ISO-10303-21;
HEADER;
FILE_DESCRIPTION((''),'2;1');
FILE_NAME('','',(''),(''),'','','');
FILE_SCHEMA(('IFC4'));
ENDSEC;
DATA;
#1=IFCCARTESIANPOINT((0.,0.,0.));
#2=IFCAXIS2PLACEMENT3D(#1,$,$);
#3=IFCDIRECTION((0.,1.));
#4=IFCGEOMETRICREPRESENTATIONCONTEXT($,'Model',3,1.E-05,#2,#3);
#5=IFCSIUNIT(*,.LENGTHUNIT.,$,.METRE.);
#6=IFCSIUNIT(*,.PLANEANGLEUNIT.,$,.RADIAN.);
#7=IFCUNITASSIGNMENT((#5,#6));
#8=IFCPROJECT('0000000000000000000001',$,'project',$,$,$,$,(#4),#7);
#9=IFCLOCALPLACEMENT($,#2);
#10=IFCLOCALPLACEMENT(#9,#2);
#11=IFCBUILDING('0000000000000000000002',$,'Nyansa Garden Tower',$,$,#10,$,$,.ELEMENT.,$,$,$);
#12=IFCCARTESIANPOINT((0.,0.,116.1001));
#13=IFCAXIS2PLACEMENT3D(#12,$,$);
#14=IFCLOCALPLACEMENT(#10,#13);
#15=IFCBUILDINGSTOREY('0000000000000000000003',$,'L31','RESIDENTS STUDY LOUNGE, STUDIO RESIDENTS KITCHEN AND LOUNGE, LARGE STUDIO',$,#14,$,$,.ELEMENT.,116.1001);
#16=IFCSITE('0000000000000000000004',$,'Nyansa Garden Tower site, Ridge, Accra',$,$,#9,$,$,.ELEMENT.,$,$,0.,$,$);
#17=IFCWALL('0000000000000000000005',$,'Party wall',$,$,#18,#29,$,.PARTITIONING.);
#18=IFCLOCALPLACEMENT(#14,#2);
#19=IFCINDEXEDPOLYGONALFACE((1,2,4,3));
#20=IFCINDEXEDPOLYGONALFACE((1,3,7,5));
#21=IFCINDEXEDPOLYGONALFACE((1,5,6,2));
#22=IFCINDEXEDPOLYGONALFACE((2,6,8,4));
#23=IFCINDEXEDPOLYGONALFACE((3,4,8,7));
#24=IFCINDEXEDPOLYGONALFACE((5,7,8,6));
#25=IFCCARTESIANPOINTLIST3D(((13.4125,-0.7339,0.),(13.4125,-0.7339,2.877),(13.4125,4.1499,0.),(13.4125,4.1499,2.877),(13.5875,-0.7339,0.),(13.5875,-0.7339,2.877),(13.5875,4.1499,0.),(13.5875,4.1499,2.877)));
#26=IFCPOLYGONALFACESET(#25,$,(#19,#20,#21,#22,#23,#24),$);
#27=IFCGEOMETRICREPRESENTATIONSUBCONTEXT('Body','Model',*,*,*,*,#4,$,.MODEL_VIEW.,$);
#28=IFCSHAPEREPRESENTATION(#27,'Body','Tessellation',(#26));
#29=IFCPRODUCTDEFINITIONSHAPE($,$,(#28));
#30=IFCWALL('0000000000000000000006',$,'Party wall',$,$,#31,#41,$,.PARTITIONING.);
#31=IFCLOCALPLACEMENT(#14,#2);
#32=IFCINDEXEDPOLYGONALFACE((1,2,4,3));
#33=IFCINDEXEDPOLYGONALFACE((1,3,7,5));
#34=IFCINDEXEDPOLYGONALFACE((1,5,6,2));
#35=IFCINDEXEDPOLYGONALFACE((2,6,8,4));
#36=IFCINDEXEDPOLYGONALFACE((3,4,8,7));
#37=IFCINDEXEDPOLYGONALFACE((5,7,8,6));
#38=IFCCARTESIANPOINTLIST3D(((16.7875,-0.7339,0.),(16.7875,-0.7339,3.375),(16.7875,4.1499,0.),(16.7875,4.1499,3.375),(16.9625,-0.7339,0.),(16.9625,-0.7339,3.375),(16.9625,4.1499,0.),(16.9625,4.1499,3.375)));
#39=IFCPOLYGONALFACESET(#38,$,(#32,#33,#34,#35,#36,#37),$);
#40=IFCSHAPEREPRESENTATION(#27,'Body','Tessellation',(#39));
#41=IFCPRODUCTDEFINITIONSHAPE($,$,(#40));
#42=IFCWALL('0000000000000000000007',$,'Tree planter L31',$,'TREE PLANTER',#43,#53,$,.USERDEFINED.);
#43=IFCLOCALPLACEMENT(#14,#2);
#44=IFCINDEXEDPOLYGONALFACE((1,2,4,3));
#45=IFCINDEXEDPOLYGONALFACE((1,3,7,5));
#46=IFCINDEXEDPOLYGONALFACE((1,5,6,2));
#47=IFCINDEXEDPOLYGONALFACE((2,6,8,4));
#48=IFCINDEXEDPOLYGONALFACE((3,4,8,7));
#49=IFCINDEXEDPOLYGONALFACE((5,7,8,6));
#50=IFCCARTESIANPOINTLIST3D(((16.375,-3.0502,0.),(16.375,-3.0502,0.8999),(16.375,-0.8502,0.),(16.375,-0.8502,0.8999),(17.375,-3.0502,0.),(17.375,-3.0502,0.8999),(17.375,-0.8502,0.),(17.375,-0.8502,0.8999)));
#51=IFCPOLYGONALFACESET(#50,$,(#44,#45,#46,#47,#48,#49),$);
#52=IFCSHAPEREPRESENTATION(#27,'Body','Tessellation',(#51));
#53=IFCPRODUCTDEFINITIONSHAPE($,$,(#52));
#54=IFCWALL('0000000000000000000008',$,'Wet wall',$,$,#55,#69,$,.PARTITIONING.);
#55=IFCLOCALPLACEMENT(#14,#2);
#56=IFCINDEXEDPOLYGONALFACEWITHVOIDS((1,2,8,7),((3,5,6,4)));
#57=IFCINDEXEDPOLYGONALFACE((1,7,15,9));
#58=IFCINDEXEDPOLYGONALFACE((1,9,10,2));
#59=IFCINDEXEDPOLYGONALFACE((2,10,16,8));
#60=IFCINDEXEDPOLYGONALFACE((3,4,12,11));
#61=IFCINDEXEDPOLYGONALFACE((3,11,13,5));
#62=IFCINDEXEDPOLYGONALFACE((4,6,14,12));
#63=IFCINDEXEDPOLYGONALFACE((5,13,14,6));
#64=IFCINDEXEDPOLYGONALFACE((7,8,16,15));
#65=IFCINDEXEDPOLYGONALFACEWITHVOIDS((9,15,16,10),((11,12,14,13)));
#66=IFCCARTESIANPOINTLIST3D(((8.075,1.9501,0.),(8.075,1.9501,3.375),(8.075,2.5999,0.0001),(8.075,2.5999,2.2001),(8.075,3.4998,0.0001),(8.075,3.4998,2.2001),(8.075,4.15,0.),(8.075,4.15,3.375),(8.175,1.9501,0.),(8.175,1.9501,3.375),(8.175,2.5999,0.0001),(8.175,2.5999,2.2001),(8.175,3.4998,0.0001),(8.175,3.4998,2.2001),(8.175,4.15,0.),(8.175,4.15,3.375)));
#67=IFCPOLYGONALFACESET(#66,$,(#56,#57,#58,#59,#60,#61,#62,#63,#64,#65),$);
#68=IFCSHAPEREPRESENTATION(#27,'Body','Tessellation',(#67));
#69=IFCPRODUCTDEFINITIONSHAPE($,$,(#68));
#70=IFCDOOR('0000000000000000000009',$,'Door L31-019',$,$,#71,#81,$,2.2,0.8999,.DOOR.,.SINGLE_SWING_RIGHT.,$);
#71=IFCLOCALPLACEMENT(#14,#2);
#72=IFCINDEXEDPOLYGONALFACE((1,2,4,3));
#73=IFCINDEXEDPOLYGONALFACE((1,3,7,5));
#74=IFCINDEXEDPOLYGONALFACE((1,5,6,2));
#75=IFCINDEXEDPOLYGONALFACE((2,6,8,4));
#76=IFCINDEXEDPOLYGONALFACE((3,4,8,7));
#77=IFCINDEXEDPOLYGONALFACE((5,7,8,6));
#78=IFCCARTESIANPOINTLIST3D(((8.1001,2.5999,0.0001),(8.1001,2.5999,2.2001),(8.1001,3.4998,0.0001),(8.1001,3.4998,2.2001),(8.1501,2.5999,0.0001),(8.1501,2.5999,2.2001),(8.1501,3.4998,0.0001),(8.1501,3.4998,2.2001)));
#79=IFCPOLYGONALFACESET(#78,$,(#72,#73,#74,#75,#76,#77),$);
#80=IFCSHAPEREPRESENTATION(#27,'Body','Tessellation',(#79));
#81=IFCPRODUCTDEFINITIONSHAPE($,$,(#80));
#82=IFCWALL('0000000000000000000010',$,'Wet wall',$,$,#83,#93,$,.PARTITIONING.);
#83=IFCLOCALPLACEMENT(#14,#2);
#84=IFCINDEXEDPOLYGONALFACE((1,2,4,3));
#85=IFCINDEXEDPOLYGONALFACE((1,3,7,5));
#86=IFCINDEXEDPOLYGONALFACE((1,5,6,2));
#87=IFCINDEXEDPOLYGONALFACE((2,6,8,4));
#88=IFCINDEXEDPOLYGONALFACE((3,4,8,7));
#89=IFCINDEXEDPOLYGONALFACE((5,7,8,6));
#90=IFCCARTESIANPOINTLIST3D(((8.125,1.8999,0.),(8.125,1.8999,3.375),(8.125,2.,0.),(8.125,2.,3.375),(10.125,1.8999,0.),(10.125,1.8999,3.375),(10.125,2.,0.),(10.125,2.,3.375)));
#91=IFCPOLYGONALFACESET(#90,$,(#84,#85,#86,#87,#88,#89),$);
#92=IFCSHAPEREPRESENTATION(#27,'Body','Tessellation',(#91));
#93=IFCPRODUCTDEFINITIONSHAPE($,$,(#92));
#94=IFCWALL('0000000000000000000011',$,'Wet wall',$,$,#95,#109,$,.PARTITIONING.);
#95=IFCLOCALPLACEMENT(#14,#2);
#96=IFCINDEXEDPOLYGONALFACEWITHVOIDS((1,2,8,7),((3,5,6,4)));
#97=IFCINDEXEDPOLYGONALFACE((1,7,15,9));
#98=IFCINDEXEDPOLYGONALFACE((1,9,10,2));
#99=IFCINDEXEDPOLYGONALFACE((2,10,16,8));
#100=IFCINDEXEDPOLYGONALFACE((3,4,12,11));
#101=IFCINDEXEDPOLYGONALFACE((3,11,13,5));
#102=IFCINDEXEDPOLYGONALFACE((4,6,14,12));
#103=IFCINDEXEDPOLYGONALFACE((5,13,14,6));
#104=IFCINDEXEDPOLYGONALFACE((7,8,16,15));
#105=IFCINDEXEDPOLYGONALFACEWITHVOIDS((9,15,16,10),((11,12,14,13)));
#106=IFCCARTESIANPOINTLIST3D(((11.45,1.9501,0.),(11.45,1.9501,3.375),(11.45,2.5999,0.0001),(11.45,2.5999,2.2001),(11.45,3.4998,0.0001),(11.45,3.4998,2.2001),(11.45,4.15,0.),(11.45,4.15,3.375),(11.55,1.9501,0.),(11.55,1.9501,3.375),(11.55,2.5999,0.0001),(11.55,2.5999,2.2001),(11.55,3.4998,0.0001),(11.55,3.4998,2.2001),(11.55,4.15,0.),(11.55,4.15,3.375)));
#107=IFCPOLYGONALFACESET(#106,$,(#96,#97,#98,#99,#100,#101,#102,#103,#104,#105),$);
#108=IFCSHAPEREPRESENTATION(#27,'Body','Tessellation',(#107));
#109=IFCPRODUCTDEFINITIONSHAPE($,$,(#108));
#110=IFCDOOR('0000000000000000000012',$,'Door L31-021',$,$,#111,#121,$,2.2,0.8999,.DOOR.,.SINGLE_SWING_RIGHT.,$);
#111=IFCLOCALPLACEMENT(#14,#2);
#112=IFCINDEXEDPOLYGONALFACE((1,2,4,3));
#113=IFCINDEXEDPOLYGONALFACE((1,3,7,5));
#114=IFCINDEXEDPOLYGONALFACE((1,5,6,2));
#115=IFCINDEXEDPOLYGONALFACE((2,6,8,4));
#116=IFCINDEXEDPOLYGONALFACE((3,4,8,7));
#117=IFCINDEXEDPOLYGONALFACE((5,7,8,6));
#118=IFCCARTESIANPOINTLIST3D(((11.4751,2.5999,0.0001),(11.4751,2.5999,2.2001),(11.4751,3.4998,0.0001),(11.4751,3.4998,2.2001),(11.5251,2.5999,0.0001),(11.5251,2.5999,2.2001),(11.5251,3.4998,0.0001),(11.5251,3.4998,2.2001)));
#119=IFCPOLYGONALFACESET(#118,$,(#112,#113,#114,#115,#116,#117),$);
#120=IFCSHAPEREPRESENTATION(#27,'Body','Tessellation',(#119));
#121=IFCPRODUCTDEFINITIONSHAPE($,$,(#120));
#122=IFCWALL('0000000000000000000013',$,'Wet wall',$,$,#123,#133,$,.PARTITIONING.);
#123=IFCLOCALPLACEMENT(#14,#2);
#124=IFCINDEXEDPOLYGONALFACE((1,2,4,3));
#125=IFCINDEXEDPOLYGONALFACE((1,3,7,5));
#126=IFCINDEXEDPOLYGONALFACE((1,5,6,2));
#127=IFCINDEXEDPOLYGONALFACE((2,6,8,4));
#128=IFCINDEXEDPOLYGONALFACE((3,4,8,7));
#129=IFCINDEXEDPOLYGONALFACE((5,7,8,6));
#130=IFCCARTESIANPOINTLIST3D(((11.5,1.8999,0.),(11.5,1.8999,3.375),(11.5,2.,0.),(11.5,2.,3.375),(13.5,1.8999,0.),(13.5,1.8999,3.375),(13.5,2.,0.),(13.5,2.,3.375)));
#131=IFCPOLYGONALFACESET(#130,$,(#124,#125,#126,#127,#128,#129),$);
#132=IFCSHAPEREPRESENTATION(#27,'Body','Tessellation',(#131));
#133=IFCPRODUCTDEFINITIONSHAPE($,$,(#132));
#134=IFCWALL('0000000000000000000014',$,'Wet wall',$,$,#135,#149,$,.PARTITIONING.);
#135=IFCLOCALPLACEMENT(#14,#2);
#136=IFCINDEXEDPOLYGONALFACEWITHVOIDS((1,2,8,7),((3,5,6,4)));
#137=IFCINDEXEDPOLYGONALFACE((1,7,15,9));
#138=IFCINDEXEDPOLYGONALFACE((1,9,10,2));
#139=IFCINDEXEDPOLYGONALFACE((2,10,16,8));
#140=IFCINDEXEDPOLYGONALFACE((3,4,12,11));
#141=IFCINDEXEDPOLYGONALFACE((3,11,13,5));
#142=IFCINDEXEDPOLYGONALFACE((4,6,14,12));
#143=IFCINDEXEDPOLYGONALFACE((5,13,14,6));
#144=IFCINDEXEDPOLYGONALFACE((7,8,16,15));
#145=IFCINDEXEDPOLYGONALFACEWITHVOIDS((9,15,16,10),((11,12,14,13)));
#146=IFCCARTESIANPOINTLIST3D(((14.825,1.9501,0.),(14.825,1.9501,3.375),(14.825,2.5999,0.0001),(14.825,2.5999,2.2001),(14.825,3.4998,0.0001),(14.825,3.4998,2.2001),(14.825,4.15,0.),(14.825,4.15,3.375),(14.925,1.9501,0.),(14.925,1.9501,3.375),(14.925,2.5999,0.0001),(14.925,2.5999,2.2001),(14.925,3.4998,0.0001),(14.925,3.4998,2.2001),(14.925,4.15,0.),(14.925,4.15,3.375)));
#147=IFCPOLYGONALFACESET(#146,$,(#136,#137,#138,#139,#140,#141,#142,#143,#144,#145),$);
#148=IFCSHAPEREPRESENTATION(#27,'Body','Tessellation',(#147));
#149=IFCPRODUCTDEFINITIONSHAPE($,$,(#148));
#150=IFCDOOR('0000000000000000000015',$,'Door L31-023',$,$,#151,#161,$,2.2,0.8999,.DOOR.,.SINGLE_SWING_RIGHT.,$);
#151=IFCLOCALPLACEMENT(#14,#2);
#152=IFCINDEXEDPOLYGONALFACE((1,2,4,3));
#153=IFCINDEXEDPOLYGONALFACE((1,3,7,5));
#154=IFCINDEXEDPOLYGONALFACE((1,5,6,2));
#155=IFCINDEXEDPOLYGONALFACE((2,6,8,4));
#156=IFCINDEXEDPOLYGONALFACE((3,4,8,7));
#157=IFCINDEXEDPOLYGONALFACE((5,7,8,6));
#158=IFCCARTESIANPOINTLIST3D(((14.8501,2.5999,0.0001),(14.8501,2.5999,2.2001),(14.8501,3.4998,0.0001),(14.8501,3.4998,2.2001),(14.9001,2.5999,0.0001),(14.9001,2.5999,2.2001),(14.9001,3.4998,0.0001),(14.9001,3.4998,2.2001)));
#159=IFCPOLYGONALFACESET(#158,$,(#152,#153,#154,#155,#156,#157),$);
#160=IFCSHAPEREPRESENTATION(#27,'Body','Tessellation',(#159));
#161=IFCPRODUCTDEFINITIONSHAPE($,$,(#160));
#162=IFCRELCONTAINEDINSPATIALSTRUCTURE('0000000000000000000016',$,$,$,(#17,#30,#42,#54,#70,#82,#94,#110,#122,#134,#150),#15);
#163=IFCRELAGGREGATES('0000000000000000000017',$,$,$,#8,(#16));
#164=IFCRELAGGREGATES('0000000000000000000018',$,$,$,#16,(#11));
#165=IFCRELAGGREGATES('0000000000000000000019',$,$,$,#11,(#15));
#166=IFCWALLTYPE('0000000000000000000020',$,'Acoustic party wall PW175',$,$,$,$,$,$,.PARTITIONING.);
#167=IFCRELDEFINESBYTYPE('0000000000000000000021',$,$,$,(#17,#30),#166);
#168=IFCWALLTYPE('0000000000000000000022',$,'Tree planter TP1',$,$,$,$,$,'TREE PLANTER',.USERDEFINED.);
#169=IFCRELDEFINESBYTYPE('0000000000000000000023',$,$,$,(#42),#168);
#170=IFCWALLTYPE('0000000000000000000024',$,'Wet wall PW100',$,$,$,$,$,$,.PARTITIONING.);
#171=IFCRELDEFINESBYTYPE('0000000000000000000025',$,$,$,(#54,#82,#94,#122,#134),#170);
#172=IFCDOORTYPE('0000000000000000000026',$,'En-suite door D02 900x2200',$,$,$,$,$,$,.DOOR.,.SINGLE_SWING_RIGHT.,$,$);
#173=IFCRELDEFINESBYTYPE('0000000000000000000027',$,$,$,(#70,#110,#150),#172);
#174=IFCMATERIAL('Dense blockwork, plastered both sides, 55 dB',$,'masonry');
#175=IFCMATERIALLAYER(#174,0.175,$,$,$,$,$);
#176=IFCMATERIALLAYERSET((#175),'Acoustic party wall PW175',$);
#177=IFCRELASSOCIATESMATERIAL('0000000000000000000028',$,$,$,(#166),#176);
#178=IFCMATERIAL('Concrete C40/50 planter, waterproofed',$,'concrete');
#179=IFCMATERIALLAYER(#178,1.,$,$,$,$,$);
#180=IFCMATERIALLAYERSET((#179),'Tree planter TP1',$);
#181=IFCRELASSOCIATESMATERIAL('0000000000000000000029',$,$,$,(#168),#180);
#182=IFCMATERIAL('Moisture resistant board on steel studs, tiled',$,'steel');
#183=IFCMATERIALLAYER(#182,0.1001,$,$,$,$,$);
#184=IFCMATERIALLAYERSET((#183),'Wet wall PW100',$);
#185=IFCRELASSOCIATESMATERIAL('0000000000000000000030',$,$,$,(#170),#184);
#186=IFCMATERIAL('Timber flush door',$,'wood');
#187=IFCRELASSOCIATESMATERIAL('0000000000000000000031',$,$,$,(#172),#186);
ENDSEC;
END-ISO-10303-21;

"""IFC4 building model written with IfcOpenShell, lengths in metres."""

from ifc_helpers import new_model, si_unit, direction, frame, frame_2d, origin, place, context, subcontext, project, spatial, rectangle, extrude, material, layer, layer_set, type_object, element, fill, save


model = new_model("IFC4")

# Units and contexts
model_context = context("Model", 3, precision=1e-05, world=origin(), true_north=direction((0.0, 1.0)))
body_context = subcontext(model_context, "Body", "Model", "MODEL_VIEW")
ifc_project = project(units=[si_unit("LENGTHUNIT", "METRE"), si_unit("PLANEANGLEUNIT", "RADIAN")], contexts=[model_context])

# Site, building, storey
site_placement = place(None, origin())
site = spatial("IfcSite", under=ifc_project, at=site_placement, Name="Nyansa Garden Tower site, Ridge, Accra", CompositionType="ELEMENT", RefElevation=0.0)
building_placement = place(site_placement, origin())
building = spatial("IfcBuilding", under=site, at=building_placement, Name="Nyansa Garden Tower", CompositionType="ELEMENT")
storey_placement = place(building_placement, frame((0.0, 0.0, 116.1001)))
storey = spatial("IfcBuildingStorey", under=building, at=storey_placement, Name="L31", Description="RESIDENTS STUDY LOUNGE, STUDIO RESIDENTS KITCHEN AND LOUNGE, LARGE STUDIO", CompositionType="ELEMENT", Elevation=116.1001)

# Walls
ifc_material_1 = material(Name="Dense blockwork, plastered both sides, 55 dB", Category="masonry")
ifc_layer_1 = layer(ifc_material_1, 0.175)
ifc_layer_set_1 = layer_set([ifc_layer_1], Name="Acoustic party wall PW175")
wall_type_1 = type_object("IfcWallType", Name="Acoustic party wall PW175", PredefinedType="PARTITIONING", material=ifc_layer_set_1)
wall_1_placement = place(storey_placement, frame((13.5, -0.7339, 0.0), z_axis=(0.0, 0.0, 1.0), x_axis=(0.0, 1.0, 0.0)))
element("IfcWall", 1, at=wall_1_placement, inside=storey, type_object=wall_type_1, Name="Party wall", PredefinedType="PARTITIONING", context=body_context, shape_type="SweptSolid", body=[
    extrude(rectangle(XDim=4.8838, YDim=0.175, at=frame_2d((2.4419, 0.0))), origin(), (0.0, 0.0, 1.0), 2.877),
])
wall_2_placement = place(storey_placement, frame((16.875, -0.7339, 0.0), z_axis=(0.0, 0.0, 1.0), x_axis=(0.0, 1.0, 0.0)))
element("IfcWall", 2, at=wall_2_placement, inside=storey, type_object=wall_type_1, Name="Party wall", PredefinedType="PARTITIONING", context=body_context, shape_type="SweptSolid", body=[
    extrude(rectangle(XDim=4.8838, YDim=0.175, at=frame_2d((2.4419, 0.0))), origin(), (0.0, 0.0, 1.0), 3.375),
])
ifc_material_2 = material(Name="Concrete C40/50 planter, waterproofed", Category="concrete")
ifc_layer_2 = layer(ifc_material_2, 1.0)
ifc_layer_set_2 = layer_set([ifc_layer_2], Name="Tree planter TP1")
wall_type_2 = type_object("IfcWallType", Name="Tree planter TP1", ElementType="TREE PLANTER", PredefinedType="USERDEFINED", material=ifc_layer_set_2)
wall_3_placement = place(storey_placement, frame((16.875, -0.8501, 0.0), z_axis=(0.0, 0.0, 1.0), x_axis=(0.0, -1.0, 0.0)))
element("IfcWall", 3, at=wall_3_placement, inside=storey, type_object=wall_type_2, Name="Tree planter L31", ObjectType="TREE PLANTER", PredefinedType="USERDEFINED", context=body_context, shape_type="SweptSolid", body=[
    extrude(rectangle(XDim=2.2, YDim=1.0, at=frame_2d((1.1001, 0.0))), origin(), (0.0, 0.0, 1.0), 0.8999),
])

# Wall, opening, door
ifc_material_3 = material(Name="Moisture resistant board on steel studs, tiled", Category="steel")
ifc_layer_3 = layer(ifc_material_3, 0.1001)
ifc_layer_set_3 = layer_set([ifc_layer_3], Name="Wet wall PW100")
wall_type_3 = type_object("IfcWallType", Name="Wet wall PW100", PredefinedType="PARTITIONING", material=ifc_layer_set_3)
wall_4_placement = place(storey_placement, frame((8.125, 1.95, 0.0), z_axis=(0.0, 0.0, 1.0), x_axis=(0.0, 1.0, 0.0)))
wall_4 = element("IfcWall", 4, at=wall_4_placement, inside=storey, type_object=wall_type_3, Name="Wet wall", PredefinedType="PARTITIONING", context=body_context, shape_type="SweptSolid", body=[
    extrude(rectangle(XDim=2.2, YDim=0.1001, at=frame_2d((1.1001, 0.0))), origin(), (0.0, 0.0, 1.0), 3.375),
])
opening_1_placement = place(wall_4_placement, frame((0.6499, 0.0, 0.0)))
opening_1 = element("IfcOpeningElement", 5, at=opening_1_placement, cuts=wall_4, PredefinedType="OPENING", context=body_context, shape_type="SweptSolid", body=[
    extrude(rectangle(XDim=0.8999, YDim=2.2, at=frame_2d((0.45, 1.1001))), frame((0.0, 0.0601, 0.0), z_axis=(0.0, -1.0, 0.0), x_axis=(1.0, 0.0, 0.0)), (0.0, 0.0, 1.0), 0.1201),
])
ifc_material_4 = material(Name="Timber flush door", Category="wood")
door_type = type_object("IfcDoorType", Name="En-suite door D02 900x2200", OperationType="SINGLE_SWING_RIGHT", PredefinedType="DOOR", material=ifc_material_4)
door_1_placement = place(opening_1_placement, origin())
door_1 = element("IfcDoor", 6, at=door_1_placement, inside=storey, type_object=door_type, Name="Door L31-019", OperationType="SINGLE_SWING_RIGHT", OverallHeight=2.2, OverallWidth=0.8999, PredefinedType="DOOR", context=body_context, shape_type="SweptSolid", body=[
    extrude(rectangle(XDim=0.8999, YDim=2.2, at=frame_2d((0.45, 1.1001))), frame((0.0, 0.0249, 0.0), z_axis=(0.0, -1.0, 0.0), x_axis=(1.0, 0.0, 0.0)), (0.0, 0.0, 1.0), 0.05),
])
fill(opening_1, door_1)

# Wall
wall_5_placement = place(storey_placement, frame((8.125, 1.95, 0.0), z_axis=(0.0, 0.0, 1.0), x_axis=(1.0, 0.0, 0.0)))
element("IfcWall", 7, at=wall_5_placement, inside=storey, type_object=wall_type_3, Name="Wet wall", PredefinedType="PARTITIONING", context=body_context, shape_type="SweptSolid", body=[
    extrude(rectangle(XDim=2.0, YDim=0.1001, at=frame_2d((1.0, 0.0))), origin(), (0.0, 0.0, 1.0), 3.375),
])

# Wall, opening, door
wall_6_placement = place(storey_placement, frame((11.5, 1.95, 0.0), z_axis=(0.0, 0.0, 1.0), x_axis=(0.0, 1.0, 0.0)))
wall_6 = element("IfcWall", 8, at=wall_6_placement, inside=storey, type_object=wall_type_3, Name="Wet wall", PredefinedType="PARTITIONING", context=body_context, shape_type="SweptSolid", body=[
    extrude(rectangle(XDim=2.2, YDim=0.1001, at=frame_2d((1.1001, 0.0))), origin(), (0.0, 0.0, 1.0), 3.375),
])
opening_2_placement = place(wall_6_placement, frame((0.6499, 0.0, 0.0)))
opening_2 = element("IfcOpeningElement", 9, at=opening_2_placement, cuts=wall_6, PredefinedType="OPENING", context=body_context, shape_type="SweptSolid", body=[
    extrude(rectangle(XDim=0.8999, YDim=2.2, at=frame_2d((0.45, 1.1001))), frame((0.0, 0.0601, 0.0), z_axis=(0.0, -1.0, 0.0), x_axis=(1.0, 0.0, 0.0)), (0.0, 0.0, 1.0), 0.1201),
])
door_2_placement = place(opening_2_placement, origin())
door_2 = element("IfcDoor", 10, at=door_2_placement, inside=storey, type_object=door_type, Name="Door L31-021", OperationType="SINGLE_SWING_RIGHT", OverallHeight=2.2, OverallWidth=0.8999, PredefinedType="DOOR", context=body_context, shape_type="SweptSolid", body=[
    extrude(rectangle(XDim=0.8999, YDim=2.2, at=frame_2d((0.45, 1.1001))), frame((0.0, 0.0249, 0.0), z_axis=(0.0, -1.0, 0.0), x_axis=(1.0, 0.0, 0.0)), (0.0, 0.0, 1.0), 0.05),
])
fill(opening_2, door_2)

# Wall
wall_7_placement = place(storey_placement, frame((11.5, 1.95, 0.0), z_axis=(0.0, 0.0, 1.0), x_axis=(1.0, 0.0, 0.0)))
element("IfcWall", 11, at=wall_7_placement, inside=storey, type_object=wall_type_3, Name="Wet wall", PredefinedType="PARTITIONING", context=body_context, shape_type="SweptSolid", body=[
    extrude(rectangle(XDim=2.0, YDim=0.1001, at=frame_2d((1.0, 0.0))), origin(), (0.0, 0.0, 1.0), 3.375),
])

# Wall, opening, door
wall_8_placement = place(storey_placement, frame((14.875, 1.95, 0.0), z_axis=(0.0, 0.0, 1.0), x_axis=(0.0, 1.0, 0.0)))
wall_8 = element("IfcWall", 12, at=wall_8_placement, inside=storey, type_object=wall_type_3, Name="Wet wall", PredefinedType="PARTITIONING", context=body_context, shape_type="SweptSolid", body=[
    extrude(rectangle(XDim=2.2, YDim=0.1001, at=frame_2d((1.1001, 0.0))), origin(), (0.0, 0.0, 1.0), 3.375),
])
opening_3_placement = place(wall_8_placement, frame((0.6499, 0.0, 0.0)))
opening_3 = element("IfcOpeningElement", 13, at=opening_3_placement, cuts=wall_8, PredefinedType="OPENING", context=body_context, shape_type="SweptSolid", body=[
    extrude(rectangle(XDim=0.8999, YDim=2.2, at=frame_2d((0.45, 1.1001))), frame((0.0, 0.0601, 0.0), z_axis=(0.0, -1.0, 0.0), x_axis=(1.0, 0.0, 0.0)), (0.0, 0.0, 1.0), 0.1201),
])
door_3_placement = place(opening_3_placement, origin())
door_3 = element("IfcDoor", 14, at=door_3_placement, inside=storey, type_object=door_type, Name="Door L31-023", OperationType="SINGLE_SWING_RIGHT", OverallHeight=2.2, OverallWidth=0.8999, PredefinedType="DOOR", context=body_context, shape_type="SweptSolid", body=[
    extrude(rectangle(XDim=0.8999, YDim=2.2, at=frame_2d((0.45, 1.1001))), frame((0.0, 0.0249, 0.0), z_axis=(0.0, -1.0, 0.0), x_axis=(1.0, 0.0, 0.0)), (0.0, 0.0, 1.0), 0.05),
])
fill(opening_3, door_3)

save(model, "model.ifc")
